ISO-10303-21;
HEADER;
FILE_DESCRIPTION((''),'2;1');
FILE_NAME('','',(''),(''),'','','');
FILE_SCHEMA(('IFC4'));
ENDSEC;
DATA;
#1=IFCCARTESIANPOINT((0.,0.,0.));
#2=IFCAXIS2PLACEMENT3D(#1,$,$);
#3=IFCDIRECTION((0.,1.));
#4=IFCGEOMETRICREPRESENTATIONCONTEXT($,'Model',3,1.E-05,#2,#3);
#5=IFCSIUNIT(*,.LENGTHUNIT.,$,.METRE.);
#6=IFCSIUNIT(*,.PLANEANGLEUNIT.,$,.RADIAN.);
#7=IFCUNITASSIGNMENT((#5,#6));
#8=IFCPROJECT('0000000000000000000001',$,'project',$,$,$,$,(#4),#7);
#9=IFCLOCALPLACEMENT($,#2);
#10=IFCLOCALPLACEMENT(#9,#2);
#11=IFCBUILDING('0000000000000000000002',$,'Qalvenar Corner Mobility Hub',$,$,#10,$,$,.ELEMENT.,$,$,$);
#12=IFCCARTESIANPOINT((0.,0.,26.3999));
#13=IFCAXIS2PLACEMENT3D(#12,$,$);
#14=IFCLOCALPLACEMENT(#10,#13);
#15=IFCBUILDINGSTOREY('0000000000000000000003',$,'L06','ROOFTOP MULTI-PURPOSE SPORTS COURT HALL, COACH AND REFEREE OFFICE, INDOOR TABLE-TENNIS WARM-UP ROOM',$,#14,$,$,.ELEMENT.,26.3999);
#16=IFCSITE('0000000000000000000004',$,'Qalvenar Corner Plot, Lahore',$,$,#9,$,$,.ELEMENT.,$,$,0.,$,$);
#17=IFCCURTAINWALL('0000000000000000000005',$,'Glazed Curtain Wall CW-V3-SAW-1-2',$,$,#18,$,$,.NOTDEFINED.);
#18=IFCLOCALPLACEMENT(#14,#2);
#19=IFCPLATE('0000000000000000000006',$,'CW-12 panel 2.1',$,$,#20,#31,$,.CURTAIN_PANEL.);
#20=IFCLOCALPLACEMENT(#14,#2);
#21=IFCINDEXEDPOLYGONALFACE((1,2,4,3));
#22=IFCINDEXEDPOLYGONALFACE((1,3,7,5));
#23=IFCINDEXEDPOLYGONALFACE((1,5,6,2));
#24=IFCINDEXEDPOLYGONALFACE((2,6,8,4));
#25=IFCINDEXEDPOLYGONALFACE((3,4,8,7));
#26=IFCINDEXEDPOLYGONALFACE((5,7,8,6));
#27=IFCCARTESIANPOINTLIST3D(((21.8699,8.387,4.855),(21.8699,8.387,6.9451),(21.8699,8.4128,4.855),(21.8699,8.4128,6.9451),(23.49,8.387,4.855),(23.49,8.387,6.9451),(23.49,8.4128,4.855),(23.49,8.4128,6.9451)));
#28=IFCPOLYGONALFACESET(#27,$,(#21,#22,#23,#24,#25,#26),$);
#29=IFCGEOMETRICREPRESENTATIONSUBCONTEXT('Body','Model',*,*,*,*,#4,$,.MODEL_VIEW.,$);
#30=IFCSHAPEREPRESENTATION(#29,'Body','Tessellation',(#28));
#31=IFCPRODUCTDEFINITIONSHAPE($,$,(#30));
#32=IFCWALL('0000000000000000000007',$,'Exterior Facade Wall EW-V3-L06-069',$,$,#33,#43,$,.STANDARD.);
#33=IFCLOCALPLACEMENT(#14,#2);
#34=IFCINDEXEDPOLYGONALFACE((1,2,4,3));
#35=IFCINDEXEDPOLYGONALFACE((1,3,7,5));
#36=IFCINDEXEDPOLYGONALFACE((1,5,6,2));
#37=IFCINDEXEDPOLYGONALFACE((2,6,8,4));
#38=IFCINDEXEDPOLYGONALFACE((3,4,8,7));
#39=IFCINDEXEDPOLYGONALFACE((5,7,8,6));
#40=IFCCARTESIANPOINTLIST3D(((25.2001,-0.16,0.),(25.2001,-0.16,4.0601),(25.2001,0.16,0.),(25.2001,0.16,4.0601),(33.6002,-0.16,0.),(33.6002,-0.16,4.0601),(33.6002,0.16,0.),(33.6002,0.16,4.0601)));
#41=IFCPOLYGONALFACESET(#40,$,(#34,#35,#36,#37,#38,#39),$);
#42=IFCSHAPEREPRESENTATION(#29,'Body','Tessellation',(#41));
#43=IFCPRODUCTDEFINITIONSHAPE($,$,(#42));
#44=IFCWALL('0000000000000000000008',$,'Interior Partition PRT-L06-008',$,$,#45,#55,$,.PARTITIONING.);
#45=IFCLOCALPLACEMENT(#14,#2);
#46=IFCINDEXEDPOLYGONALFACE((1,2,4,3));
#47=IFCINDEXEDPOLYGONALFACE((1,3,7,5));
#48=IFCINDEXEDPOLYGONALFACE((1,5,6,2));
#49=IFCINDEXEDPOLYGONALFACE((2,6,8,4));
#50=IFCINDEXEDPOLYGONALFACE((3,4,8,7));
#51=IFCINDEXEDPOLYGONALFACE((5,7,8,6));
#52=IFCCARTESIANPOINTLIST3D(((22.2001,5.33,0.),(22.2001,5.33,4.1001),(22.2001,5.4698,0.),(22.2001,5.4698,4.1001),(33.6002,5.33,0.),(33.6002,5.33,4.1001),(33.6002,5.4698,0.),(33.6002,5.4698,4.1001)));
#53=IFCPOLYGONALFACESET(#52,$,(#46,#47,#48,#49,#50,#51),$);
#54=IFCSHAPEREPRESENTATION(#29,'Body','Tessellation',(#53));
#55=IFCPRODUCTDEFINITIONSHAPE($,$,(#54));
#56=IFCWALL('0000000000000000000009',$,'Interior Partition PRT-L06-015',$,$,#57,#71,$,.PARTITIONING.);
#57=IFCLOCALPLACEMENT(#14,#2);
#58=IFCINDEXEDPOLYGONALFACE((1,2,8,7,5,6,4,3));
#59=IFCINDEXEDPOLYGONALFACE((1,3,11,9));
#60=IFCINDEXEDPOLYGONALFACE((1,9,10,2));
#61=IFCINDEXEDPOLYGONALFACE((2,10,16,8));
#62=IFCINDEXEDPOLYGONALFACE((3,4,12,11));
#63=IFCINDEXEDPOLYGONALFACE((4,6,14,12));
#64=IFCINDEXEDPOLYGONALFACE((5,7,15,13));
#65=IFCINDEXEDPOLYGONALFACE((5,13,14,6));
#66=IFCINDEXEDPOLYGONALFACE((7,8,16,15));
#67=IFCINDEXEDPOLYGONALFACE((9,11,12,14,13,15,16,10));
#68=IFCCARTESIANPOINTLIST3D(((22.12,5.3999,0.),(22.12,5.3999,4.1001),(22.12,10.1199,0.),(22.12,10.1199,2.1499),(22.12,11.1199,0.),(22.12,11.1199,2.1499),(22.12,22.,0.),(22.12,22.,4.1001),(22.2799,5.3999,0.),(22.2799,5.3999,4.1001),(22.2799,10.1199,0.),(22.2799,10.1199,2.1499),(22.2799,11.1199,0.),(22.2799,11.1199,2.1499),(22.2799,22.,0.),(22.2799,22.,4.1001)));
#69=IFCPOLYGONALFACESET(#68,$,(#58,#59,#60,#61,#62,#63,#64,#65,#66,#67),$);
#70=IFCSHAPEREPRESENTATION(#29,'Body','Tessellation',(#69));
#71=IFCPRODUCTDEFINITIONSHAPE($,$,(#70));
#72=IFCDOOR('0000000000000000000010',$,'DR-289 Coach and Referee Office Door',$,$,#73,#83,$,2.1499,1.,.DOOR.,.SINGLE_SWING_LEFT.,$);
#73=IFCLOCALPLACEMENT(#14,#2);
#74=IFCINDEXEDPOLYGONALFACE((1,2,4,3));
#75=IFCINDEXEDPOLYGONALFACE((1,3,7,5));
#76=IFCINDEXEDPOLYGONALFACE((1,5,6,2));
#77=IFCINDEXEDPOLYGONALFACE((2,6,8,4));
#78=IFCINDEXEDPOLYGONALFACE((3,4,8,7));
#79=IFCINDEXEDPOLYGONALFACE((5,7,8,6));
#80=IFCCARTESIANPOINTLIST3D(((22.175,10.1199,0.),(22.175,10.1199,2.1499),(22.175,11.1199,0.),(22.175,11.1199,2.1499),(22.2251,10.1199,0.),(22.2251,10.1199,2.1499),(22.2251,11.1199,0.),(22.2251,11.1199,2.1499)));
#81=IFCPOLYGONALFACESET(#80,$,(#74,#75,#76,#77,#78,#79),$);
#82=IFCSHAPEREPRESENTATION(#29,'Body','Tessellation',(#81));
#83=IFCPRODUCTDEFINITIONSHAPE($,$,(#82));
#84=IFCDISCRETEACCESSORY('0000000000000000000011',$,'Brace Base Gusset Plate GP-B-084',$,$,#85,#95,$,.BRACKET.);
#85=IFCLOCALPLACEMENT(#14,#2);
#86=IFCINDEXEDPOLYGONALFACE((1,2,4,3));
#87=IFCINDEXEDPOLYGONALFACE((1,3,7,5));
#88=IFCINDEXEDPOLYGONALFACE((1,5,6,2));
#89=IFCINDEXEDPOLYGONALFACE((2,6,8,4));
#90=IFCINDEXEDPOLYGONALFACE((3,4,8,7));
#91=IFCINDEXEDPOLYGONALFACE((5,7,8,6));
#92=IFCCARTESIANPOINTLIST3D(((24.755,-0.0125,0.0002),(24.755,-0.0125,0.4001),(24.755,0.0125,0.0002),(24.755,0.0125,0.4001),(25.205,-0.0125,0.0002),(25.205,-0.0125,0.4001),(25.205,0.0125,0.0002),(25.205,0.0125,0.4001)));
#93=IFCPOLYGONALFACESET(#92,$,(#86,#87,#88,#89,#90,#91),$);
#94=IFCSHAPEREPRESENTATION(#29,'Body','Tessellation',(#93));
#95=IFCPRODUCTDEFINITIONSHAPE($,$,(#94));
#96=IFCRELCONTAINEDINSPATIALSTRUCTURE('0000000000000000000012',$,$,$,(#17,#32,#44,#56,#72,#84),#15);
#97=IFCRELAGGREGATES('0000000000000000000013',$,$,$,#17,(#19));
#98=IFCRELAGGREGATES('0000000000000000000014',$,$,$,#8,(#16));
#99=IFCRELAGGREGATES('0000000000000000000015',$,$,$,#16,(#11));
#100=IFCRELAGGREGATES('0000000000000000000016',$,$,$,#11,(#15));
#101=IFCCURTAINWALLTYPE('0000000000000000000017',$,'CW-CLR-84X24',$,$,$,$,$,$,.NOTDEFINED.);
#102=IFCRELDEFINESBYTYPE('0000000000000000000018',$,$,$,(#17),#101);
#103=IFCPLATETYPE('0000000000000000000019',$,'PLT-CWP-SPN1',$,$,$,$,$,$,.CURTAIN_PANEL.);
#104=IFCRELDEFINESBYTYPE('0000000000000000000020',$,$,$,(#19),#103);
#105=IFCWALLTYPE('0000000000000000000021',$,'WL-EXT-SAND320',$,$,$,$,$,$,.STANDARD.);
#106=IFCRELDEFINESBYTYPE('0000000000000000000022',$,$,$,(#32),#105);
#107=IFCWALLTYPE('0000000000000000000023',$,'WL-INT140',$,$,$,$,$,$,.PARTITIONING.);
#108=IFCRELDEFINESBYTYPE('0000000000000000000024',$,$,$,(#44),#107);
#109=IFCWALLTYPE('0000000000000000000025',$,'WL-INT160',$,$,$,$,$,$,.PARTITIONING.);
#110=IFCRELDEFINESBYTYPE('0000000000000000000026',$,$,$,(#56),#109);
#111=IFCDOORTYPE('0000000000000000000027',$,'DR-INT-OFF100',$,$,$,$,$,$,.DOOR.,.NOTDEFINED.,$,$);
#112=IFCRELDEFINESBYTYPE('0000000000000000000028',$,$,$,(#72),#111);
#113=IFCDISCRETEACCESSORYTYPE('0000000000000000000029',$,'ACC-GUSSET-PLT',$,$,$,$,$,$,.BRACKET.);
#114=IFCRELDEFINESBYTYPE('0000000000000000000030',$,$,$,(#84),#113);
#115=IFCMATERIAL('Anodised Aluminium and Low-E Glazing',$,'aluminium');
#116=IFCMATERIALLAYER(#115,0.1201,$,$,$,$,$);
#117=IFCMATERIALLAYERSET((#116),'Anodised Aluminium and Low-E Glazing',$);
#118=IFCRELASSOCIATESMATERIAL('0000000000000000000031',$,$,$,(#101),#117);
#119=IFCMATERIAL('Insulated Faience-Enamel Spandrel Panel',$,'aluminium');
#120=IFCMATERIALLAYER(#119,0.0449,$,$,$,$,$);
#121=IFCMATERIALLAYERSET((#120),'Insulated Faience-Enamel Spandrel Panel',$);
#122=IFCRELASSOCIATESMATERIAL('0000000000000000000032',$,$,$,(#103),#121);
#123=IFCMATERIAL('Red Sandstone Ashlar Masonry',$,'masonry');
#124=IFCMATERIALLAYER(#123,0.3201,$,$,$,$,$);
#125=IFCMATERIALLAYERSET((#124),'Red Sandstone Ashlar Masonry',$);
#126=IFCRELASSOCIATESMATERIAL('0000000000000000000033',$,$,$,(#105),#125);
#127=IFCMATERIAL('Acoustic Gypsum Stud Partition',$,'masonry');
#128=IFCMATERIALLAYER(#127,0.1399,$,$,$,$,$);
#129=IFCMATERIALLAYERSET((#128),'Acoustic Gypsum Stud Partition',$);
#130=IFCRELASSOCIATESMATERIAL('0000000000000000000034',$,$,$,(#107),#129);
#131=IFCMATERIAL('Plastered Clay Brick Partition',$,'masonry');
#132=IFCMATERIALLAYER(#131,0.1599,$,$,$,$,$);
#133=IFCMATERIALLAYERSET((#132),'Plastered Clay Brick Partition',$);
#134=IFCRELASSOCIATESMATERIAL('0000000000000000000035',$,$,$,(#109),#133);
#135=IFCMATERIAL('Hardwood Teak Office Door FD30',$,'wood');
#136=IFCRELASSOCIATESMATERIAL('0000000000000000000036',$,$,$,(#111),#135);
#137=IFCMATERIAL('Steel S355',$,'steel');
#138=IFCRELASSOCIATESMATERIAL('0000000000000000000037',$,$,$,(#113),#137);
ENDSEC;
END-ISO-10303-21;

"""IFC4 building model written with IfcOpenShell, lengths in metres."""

from ifc_helpers import new_model, si_unit, direction, frame, frame_2d, origin, origin_2d, place, context, subcontext, project, spatial, rectangle, extrude, material, layer, layer_set, type_object, element, fill, aggregate, save


model = new_model("IFC4")

# Units and contexts
model_context = context("Model", 3, precision=1e-05, world=origin(), true_north=direction((0.0, 1.0)))
body_context = subcontext(model_context, "Body", "Model", "MODEL_VIEW")
ifc_project = project(units=[si_unit("LENGTHUNIT", "METRE"), si_unit("PLANEANGLEUNIT", "RADIAN")], contexts=[model_context])

# Site, building, storey
site_placement = place(None, origin())
site = spatial("IfcSite", under=ifc_project, at=site_placement, Name="Qalvenar Corner Plot, Lahore", CompositionType="ELEMENT", RefElevation=0.0)
building_placement = place(site_placement, origin())
building = spatial("IfcBuilding", under=site, at=building_placement, Name="Qalvenar Corner Mobility Hub", CompositionType="ELEMENT")
storey_placement = place(building_placement, frame((0.0, 0.0, 26.3999)))
storey = spatial("IfcBuildingStorey", under=building, at=storey_placement, Name="L06", Description="ROOFTOP MULTI-PURPOSE SPORTS COURT HALL, COACH AND REFEREE OFFICE, INDOOR TABLE-TENNIS WARM-UP ROOM", CompositionType="ELEMENT", Elevation=26.3999)

# Shared definitions
ifc_material_1 = material(Name="Steel S355", Category="steel")

# Curtain wall
ifc_material_2 = material(Name="Anodised Aluminium and Low-E Glazing", Category="aluminium")
ifc_layer_1 = layer(ifc_material_2, 0.1201)
ifc_layer_set_1 = layer_set([ifc_layer_1], Name="Anodised Aluminium and Low-E Glazing")
curtain_wall_type = type_object("IfcCurtainWallType", Name="CW-CLR-84X24", PredefinedType="NOTDEFINED", material=ifc_layer_set_1)
curtain_wall_1_placement = place(storey_placement, origin())
curtain_wall_1 = element("IfcCurtainWall", 1, at=curtain_wall_1_placement, inside=storey, type_object=curtain_wall_type, Name="Glazed Curtain Wall CW-V3-SAW-1-2", PredefinedType="NOTDEFINED")

# Plate
ifc_material_3 = material(Name="Insulated Faience-Enamel Spandrel Panel", Category="aluminium")
ifc_layer_2 = layer(ifc_material_3, 0.0449)
ifc_layer_set_2 = layer_set([ifc_layer_2], Name="Insulated Faience-Enamel Spandrel Panel")
plate_type = type_object("IfcPlateType", Name="PLT-CWP-SPN1", PredefinedType="CURTAIN_PANEL", material=ifc_layer_set_2)
plate_1_placement = place(storey_placement, frame((22.6799, 8.3999, 4.855), z_axis=(0.0, 0.0, 1.0), x_axis=(-1.0, 0.0, 0.0)))
plate_1 = element("IfcPlate", 2, at=plate_1_placement, type_object=plate_type, Name="CW-12 panel 2.1", PredefinedType="CURTAIN_PANEL", context=body_context, shape_type="SweptSolid", body=[
    extrude(rectangle(XDim=1.6201, YDim=0.0259, at=origin_2d()), origin(), (0.0, 0.0, 1.0), 2.0901),
])
aggregate(curtain_wall_1, [plate_1])

# Walls
ifc_material_4 = material(Name="Red Sandstone Ashlar Masonry", Category="masonry")
ifc_layer_3 = layer(ifc_material_4, 0.3201)
ifc_layer_set_3 = layer_set([ifc_layer_3], Name="Red Sandstone Ashlar Masonry")
wall_type_1 = type_object("IfcWallType", Name="WL-EXT-SAND320", PredefinedType="STANDARD", material=ifc_layer_set_3)
wall_1_placement = place(storey_placement, frame((25.2, 0.0, 0.0), z_axis=(0.0, 0.0, 1.0), x_axis=(1.0, 0.0, 0.0)))
element("IfcWall", 3, at=wall_1_placement, inside=storey, type_object=wall_type_1, Name="Exterior Facade Wall EW-V3-L06-069", PredefinedType="STANDARD", context=body_context, shape_type="SweptSolid", body=[
    extrude(rectangle(XDim=8.4001, YDim=0.3201, at=frame_2d((4.2002, 0.0))), origin(), (0.0, 0.0, 1.0), 4.0601),
])
ifc_material_5 = material(Name="Acoustic Gypsum Stud Partition", Category="masonry")
ifc_layer_4 = layer(ifc_material_5, 0.1399)
ifc_layer_set_4 = layer_set([ifc_layer_4], Name="Acoustic Gypsum Stud Partition")
wall_type_2 = type_object("IfcWallType", Name="WL-INT140", PredefinedType="PARTITIONING", material=ifc_layer_set_4)
wall_2_placement = place(storey_placement, frame((22.2, 5.3999, 0.0), z_axis=(0.0, 0.0, 1.0), x_axis=(1.0, 0.0, 0.0)))
element("IfcWall", 4, at=wall_2_placement, inside=storey, type_object=wall_type_2, Name="Interior Partition PRT-L06-008", PredefinedType="PARTITIONING", context=body_context, shape_type="SweptSolid", body=[
    extrude(rectangle(XDim=11.4001, YDim=0.1399, at=frame_2d((5.7002, 0.0))), origin(), (0.0, 0.0, 1.0), 4.1001),
])

# Wall, opening, door
ifc_material_6 = material(Name="Plastered Clay Brick Partition", Category="masonry")
ifc_layer_5 = layer(ifc_material_6, 0.1599)
ifc_layer_set_5 = layer_set([ifc_layer_5], Name="Plastered Clay Brick Partition")
wall_type_3 = type_object("IfcWallType", Name="WL-INT160", PredefinedType="PARTITIONING", material=ifc_layer_set_5)
wall_3_placement = place(storey_placement, frame((22.2, 5.3999, 0.0), z_axis=(0.0, 0.0, 1.0), x_axis=(0.0, 1.0, 0.0)))
wall_3 = element("IfcWall", 5, at=wall_3_placement, inside=storey, type_object=wall_type_3, Name="Interior Partition PRT-L06-015", PredefinedType="PARTITIONING", context=body_context, shape_type="SweptSolid", body=[
    extrude(rectangle(XDim=16.6001, YDim=0.1599, at=frame_2d((8.3, 0.0))), origin(), (0.0, 0.0, 1.0), 4.1001),
])
opening_placement = place(wall_3_placement, frame((4.72, 0.0, 0.0)))
opening = element("IfcOpeningElement", 6, at=opening_placement, cuts=wall_3, PredefinedType="OPENING", context=body_context, shape_type="SweptSolid", body=[
    extrude(rectangle(XDim=1.0, YDim=2.1499, at=frame_2d((0.5, 1.075))), frame((0.0, 0.0898, 0.0), z_axis=(0.0, -1.0, 0.0), x_axis=(1.0, 0.0, 0.0)), (0.0, 0.0, 1.0), 0.1799),
])
ifc_material_7 = material(Name="Hardwood Teak Office Door FD30", Category="wood")
door_type = type_object("IfcDoorType", Name="DR-INT-OFF100", OperationType="NOTDEFINED", PredefinedType="DOOR", material=ifc_material_7)
door_placement = place(opening_placement, origin())
door = element("IfcDoor", 7, at=door_placement, inside=storey, type_object=door_type, Name="DR-289 Coach and Referee Office Door", OperationType="SINGLE_SWING_LEFT", OverallHeight=2.1499, OverallWidth=1.0, PredefinedType="DOOR", context=body_context, shape_type="SweptSolid", body=[
    extrude(rectangle(XDim=1.0, YDim=2.1499, at=frame_2d((0.5, 1.075))), frame((0.0, 0.0249, 0.0), z_axis=(0.0, -1.0, 0.0), x_axis=(1.0, 0.0, 0.0)), (0.0, 0.0, 1.0), 0.05),
])
fill(opening, door)

# Discrete accessory
discrete_accessory_type = type_object("IfcDiscreteAccessoryType", Name="ACC-GUSSET-PLT", PredefinedType="BRACKET", material=ifc_material_1)
discrete_accessory_placement = place(storey_placement, frame((24.98, 0.0, 0.0002), z_axis=(0.0, 0.0, 1.0), x_axis=(1.0, 0.0, 0.0)))
element("IfcDiscreteAccessory", 8, at=discrete_accessory_placement, inside=storey, type_object=discrete_accessory_type, Name="Brace Base Gusset Plate GP-B-084", PredefinedType="BRACKET", context=body_context, shape_type="SweptSolid", body=[
    extrude(rectangle(XDim=0.45, YDim=0.0249, at=origin_2d()), origin(), (0.0, 0.0, 1.0), 0.3999),
])

save(model, "model.ifc")
